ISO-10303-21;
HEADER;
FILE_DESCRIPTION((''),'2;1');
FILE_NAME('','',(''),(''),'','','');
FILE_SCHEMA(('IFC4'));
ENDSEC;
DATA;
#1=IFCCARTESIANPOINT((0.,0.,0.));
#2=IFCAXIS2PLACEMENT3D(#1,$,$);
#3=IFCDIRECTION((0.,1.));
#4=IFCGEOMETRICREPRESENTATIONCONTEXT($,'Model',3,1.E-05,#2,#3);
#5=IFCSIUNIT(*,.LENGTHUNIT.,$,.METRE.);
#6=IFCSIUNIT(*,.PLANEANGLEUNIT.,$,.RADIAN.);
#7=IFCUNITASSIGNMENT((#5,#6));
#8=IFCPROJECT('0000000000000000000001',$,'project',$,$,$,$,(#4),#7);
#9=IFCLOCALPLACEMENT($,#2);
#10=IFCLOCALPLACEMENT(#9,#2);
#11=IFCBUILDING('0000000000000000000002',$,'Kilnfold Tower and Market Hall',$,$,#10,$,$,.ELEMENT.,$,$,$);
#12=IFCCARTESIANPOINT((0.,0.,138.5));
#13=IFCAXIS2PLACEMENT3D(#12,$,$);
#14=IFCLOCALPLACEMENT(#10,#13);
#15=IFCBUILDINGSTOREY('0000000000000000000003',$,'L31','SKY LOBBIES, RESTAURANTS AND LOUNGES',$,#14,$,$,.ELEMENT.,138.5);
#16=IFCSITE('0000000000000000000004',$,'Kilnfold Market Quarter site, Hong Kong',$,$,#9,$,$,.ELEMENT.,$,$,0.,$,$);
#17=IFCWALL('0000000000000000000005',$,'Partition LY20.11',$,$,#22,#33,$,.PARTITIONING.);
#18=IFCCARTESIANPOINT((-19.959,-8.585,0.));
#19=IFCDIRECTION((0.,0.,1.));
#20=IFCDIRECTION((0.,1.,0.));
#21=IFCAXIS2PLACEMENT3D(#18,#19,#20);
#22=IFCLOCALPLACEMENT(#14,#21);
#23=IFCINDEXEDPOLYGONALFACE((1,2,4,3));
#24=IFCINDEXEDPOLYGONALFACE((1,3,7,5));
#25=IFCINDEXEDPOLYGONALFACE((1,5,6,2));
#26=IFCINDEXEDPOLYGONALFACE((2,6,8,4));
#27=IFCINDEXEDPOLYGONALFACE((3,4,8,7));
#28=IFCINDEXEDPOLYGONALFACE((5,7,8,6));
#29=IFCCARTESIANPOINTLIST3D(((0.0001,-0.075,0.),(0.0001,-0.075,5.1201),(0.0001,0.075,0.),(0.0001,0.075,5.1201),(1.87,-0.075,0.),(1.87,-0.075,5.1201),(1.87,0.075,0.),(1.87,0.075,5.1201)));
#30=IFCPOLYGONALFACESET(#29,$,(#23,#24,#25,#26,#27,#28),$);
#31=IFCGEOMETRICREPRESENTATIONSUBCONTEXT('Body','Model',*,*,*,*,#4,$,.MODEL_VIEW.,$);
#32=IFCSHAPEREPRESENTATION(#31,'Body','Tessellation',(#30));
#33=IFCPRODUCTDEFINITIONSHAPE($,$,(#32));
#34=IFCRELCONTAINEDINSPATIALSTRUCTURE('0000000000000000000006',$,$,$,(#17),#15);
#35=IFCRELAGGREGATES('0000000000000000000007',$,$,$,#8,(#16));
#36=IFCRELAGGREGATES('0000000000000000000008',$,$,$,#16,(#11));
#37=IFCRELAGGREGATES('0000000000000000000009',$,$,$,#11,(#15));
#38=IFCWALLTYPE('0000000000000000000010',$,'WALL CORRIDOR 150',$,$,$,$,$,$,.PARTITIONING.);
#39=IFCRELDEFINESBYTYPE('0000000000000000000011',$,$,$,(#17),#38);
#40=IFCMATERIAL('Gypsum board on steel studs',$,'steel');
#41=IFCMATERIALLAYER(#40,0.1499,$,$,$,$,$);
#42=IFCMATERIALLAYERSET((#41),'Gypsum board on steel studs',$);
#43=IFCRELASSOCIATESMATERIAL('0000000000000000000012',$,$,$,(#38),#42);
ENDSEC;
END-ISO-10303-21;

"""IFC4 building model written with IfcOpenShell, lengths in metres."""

from ifc_helpers import new_model, si_unit, direction, frame, frame_2d, origin, place, context, subcontext, project, spatial, rectangle, extrude, material, layer, layer_set, type_object, element, save


model = new_model("IFC4")

# Units and contexts
model_context = context("Model", 3, precision=1e-05, world=origin(), true_north=direction((0.0, 1.0)))
body_context = subcontext(model_context, "Body", "Model", "MODEL_VIEW")
ifc_project = project(units=[si_unit("LENGTHUNIT", "METRE"), si_unit("PLANEANGLEUNIT", "RADIAN")], contexts=[model_context])

# Site, building, storey
site_placement = place(None, origin())
site = spatial("IfcSite", under=ifc_project, at=site_placement, Name="Kilnfold Market Quarter site, Hong Kong", CompositionType="ELEMENT", RefElevation=0.0)
building_placement = place(site_placement, origin())
building = spatial("IfcBuilding", under=site, at=building_placement, Name="Kilnfold Tower and Market Hall", CompositionType="ELEMENT")
storey_placement = place(building_placement, frame((0.0, 0.0, 138.5)))
storey = spatial("IfcBuildingStorey", under=building, at=storey_placement, Name="L31", Description="SKY LOBBIES, RESTAURANTS AND LOUNGES", CompositionType="ELEMENT", Elevation=138.5)

# Wall
ifc_material_1 = material(Name="Gypsum board on steel studs", Category="steel")
ifc_layer_1 = layer(ifc_material_1, 0.1499)
ifc_layer_set_1 = layer_set([ifc_layer_1], Name="Gypsum board on steel studs")
wall_type_1 = type_object("IfcWallType", Name="WALL CORRIDOR 150", PredefinedType="PARTITIONING", material=ifc_layer_set_1)
wall_1_placement = place(storey_placement, frame((-19.959, -8.585, 0.0), z_axis=(0.0, 0.0, 1.0), x_axis=(0.0, 1.0, 0.0)))
element("IfcWall", 1, at=wall_1_placement, inside=storey, type_object=wall_type_1, Name="Partition LY20.11", PredefinedType="PARTITIONING", context=body_context, shape_type="SweptSolid", body=[
    extrude(rectangle(XDim=1.8699, YDim=0.1499, at=frame_2d((0.9351, 0.0))), origin(), (0.0, 0.0, 1.0), 5.1201),
])

save(model, "model.ifc")
